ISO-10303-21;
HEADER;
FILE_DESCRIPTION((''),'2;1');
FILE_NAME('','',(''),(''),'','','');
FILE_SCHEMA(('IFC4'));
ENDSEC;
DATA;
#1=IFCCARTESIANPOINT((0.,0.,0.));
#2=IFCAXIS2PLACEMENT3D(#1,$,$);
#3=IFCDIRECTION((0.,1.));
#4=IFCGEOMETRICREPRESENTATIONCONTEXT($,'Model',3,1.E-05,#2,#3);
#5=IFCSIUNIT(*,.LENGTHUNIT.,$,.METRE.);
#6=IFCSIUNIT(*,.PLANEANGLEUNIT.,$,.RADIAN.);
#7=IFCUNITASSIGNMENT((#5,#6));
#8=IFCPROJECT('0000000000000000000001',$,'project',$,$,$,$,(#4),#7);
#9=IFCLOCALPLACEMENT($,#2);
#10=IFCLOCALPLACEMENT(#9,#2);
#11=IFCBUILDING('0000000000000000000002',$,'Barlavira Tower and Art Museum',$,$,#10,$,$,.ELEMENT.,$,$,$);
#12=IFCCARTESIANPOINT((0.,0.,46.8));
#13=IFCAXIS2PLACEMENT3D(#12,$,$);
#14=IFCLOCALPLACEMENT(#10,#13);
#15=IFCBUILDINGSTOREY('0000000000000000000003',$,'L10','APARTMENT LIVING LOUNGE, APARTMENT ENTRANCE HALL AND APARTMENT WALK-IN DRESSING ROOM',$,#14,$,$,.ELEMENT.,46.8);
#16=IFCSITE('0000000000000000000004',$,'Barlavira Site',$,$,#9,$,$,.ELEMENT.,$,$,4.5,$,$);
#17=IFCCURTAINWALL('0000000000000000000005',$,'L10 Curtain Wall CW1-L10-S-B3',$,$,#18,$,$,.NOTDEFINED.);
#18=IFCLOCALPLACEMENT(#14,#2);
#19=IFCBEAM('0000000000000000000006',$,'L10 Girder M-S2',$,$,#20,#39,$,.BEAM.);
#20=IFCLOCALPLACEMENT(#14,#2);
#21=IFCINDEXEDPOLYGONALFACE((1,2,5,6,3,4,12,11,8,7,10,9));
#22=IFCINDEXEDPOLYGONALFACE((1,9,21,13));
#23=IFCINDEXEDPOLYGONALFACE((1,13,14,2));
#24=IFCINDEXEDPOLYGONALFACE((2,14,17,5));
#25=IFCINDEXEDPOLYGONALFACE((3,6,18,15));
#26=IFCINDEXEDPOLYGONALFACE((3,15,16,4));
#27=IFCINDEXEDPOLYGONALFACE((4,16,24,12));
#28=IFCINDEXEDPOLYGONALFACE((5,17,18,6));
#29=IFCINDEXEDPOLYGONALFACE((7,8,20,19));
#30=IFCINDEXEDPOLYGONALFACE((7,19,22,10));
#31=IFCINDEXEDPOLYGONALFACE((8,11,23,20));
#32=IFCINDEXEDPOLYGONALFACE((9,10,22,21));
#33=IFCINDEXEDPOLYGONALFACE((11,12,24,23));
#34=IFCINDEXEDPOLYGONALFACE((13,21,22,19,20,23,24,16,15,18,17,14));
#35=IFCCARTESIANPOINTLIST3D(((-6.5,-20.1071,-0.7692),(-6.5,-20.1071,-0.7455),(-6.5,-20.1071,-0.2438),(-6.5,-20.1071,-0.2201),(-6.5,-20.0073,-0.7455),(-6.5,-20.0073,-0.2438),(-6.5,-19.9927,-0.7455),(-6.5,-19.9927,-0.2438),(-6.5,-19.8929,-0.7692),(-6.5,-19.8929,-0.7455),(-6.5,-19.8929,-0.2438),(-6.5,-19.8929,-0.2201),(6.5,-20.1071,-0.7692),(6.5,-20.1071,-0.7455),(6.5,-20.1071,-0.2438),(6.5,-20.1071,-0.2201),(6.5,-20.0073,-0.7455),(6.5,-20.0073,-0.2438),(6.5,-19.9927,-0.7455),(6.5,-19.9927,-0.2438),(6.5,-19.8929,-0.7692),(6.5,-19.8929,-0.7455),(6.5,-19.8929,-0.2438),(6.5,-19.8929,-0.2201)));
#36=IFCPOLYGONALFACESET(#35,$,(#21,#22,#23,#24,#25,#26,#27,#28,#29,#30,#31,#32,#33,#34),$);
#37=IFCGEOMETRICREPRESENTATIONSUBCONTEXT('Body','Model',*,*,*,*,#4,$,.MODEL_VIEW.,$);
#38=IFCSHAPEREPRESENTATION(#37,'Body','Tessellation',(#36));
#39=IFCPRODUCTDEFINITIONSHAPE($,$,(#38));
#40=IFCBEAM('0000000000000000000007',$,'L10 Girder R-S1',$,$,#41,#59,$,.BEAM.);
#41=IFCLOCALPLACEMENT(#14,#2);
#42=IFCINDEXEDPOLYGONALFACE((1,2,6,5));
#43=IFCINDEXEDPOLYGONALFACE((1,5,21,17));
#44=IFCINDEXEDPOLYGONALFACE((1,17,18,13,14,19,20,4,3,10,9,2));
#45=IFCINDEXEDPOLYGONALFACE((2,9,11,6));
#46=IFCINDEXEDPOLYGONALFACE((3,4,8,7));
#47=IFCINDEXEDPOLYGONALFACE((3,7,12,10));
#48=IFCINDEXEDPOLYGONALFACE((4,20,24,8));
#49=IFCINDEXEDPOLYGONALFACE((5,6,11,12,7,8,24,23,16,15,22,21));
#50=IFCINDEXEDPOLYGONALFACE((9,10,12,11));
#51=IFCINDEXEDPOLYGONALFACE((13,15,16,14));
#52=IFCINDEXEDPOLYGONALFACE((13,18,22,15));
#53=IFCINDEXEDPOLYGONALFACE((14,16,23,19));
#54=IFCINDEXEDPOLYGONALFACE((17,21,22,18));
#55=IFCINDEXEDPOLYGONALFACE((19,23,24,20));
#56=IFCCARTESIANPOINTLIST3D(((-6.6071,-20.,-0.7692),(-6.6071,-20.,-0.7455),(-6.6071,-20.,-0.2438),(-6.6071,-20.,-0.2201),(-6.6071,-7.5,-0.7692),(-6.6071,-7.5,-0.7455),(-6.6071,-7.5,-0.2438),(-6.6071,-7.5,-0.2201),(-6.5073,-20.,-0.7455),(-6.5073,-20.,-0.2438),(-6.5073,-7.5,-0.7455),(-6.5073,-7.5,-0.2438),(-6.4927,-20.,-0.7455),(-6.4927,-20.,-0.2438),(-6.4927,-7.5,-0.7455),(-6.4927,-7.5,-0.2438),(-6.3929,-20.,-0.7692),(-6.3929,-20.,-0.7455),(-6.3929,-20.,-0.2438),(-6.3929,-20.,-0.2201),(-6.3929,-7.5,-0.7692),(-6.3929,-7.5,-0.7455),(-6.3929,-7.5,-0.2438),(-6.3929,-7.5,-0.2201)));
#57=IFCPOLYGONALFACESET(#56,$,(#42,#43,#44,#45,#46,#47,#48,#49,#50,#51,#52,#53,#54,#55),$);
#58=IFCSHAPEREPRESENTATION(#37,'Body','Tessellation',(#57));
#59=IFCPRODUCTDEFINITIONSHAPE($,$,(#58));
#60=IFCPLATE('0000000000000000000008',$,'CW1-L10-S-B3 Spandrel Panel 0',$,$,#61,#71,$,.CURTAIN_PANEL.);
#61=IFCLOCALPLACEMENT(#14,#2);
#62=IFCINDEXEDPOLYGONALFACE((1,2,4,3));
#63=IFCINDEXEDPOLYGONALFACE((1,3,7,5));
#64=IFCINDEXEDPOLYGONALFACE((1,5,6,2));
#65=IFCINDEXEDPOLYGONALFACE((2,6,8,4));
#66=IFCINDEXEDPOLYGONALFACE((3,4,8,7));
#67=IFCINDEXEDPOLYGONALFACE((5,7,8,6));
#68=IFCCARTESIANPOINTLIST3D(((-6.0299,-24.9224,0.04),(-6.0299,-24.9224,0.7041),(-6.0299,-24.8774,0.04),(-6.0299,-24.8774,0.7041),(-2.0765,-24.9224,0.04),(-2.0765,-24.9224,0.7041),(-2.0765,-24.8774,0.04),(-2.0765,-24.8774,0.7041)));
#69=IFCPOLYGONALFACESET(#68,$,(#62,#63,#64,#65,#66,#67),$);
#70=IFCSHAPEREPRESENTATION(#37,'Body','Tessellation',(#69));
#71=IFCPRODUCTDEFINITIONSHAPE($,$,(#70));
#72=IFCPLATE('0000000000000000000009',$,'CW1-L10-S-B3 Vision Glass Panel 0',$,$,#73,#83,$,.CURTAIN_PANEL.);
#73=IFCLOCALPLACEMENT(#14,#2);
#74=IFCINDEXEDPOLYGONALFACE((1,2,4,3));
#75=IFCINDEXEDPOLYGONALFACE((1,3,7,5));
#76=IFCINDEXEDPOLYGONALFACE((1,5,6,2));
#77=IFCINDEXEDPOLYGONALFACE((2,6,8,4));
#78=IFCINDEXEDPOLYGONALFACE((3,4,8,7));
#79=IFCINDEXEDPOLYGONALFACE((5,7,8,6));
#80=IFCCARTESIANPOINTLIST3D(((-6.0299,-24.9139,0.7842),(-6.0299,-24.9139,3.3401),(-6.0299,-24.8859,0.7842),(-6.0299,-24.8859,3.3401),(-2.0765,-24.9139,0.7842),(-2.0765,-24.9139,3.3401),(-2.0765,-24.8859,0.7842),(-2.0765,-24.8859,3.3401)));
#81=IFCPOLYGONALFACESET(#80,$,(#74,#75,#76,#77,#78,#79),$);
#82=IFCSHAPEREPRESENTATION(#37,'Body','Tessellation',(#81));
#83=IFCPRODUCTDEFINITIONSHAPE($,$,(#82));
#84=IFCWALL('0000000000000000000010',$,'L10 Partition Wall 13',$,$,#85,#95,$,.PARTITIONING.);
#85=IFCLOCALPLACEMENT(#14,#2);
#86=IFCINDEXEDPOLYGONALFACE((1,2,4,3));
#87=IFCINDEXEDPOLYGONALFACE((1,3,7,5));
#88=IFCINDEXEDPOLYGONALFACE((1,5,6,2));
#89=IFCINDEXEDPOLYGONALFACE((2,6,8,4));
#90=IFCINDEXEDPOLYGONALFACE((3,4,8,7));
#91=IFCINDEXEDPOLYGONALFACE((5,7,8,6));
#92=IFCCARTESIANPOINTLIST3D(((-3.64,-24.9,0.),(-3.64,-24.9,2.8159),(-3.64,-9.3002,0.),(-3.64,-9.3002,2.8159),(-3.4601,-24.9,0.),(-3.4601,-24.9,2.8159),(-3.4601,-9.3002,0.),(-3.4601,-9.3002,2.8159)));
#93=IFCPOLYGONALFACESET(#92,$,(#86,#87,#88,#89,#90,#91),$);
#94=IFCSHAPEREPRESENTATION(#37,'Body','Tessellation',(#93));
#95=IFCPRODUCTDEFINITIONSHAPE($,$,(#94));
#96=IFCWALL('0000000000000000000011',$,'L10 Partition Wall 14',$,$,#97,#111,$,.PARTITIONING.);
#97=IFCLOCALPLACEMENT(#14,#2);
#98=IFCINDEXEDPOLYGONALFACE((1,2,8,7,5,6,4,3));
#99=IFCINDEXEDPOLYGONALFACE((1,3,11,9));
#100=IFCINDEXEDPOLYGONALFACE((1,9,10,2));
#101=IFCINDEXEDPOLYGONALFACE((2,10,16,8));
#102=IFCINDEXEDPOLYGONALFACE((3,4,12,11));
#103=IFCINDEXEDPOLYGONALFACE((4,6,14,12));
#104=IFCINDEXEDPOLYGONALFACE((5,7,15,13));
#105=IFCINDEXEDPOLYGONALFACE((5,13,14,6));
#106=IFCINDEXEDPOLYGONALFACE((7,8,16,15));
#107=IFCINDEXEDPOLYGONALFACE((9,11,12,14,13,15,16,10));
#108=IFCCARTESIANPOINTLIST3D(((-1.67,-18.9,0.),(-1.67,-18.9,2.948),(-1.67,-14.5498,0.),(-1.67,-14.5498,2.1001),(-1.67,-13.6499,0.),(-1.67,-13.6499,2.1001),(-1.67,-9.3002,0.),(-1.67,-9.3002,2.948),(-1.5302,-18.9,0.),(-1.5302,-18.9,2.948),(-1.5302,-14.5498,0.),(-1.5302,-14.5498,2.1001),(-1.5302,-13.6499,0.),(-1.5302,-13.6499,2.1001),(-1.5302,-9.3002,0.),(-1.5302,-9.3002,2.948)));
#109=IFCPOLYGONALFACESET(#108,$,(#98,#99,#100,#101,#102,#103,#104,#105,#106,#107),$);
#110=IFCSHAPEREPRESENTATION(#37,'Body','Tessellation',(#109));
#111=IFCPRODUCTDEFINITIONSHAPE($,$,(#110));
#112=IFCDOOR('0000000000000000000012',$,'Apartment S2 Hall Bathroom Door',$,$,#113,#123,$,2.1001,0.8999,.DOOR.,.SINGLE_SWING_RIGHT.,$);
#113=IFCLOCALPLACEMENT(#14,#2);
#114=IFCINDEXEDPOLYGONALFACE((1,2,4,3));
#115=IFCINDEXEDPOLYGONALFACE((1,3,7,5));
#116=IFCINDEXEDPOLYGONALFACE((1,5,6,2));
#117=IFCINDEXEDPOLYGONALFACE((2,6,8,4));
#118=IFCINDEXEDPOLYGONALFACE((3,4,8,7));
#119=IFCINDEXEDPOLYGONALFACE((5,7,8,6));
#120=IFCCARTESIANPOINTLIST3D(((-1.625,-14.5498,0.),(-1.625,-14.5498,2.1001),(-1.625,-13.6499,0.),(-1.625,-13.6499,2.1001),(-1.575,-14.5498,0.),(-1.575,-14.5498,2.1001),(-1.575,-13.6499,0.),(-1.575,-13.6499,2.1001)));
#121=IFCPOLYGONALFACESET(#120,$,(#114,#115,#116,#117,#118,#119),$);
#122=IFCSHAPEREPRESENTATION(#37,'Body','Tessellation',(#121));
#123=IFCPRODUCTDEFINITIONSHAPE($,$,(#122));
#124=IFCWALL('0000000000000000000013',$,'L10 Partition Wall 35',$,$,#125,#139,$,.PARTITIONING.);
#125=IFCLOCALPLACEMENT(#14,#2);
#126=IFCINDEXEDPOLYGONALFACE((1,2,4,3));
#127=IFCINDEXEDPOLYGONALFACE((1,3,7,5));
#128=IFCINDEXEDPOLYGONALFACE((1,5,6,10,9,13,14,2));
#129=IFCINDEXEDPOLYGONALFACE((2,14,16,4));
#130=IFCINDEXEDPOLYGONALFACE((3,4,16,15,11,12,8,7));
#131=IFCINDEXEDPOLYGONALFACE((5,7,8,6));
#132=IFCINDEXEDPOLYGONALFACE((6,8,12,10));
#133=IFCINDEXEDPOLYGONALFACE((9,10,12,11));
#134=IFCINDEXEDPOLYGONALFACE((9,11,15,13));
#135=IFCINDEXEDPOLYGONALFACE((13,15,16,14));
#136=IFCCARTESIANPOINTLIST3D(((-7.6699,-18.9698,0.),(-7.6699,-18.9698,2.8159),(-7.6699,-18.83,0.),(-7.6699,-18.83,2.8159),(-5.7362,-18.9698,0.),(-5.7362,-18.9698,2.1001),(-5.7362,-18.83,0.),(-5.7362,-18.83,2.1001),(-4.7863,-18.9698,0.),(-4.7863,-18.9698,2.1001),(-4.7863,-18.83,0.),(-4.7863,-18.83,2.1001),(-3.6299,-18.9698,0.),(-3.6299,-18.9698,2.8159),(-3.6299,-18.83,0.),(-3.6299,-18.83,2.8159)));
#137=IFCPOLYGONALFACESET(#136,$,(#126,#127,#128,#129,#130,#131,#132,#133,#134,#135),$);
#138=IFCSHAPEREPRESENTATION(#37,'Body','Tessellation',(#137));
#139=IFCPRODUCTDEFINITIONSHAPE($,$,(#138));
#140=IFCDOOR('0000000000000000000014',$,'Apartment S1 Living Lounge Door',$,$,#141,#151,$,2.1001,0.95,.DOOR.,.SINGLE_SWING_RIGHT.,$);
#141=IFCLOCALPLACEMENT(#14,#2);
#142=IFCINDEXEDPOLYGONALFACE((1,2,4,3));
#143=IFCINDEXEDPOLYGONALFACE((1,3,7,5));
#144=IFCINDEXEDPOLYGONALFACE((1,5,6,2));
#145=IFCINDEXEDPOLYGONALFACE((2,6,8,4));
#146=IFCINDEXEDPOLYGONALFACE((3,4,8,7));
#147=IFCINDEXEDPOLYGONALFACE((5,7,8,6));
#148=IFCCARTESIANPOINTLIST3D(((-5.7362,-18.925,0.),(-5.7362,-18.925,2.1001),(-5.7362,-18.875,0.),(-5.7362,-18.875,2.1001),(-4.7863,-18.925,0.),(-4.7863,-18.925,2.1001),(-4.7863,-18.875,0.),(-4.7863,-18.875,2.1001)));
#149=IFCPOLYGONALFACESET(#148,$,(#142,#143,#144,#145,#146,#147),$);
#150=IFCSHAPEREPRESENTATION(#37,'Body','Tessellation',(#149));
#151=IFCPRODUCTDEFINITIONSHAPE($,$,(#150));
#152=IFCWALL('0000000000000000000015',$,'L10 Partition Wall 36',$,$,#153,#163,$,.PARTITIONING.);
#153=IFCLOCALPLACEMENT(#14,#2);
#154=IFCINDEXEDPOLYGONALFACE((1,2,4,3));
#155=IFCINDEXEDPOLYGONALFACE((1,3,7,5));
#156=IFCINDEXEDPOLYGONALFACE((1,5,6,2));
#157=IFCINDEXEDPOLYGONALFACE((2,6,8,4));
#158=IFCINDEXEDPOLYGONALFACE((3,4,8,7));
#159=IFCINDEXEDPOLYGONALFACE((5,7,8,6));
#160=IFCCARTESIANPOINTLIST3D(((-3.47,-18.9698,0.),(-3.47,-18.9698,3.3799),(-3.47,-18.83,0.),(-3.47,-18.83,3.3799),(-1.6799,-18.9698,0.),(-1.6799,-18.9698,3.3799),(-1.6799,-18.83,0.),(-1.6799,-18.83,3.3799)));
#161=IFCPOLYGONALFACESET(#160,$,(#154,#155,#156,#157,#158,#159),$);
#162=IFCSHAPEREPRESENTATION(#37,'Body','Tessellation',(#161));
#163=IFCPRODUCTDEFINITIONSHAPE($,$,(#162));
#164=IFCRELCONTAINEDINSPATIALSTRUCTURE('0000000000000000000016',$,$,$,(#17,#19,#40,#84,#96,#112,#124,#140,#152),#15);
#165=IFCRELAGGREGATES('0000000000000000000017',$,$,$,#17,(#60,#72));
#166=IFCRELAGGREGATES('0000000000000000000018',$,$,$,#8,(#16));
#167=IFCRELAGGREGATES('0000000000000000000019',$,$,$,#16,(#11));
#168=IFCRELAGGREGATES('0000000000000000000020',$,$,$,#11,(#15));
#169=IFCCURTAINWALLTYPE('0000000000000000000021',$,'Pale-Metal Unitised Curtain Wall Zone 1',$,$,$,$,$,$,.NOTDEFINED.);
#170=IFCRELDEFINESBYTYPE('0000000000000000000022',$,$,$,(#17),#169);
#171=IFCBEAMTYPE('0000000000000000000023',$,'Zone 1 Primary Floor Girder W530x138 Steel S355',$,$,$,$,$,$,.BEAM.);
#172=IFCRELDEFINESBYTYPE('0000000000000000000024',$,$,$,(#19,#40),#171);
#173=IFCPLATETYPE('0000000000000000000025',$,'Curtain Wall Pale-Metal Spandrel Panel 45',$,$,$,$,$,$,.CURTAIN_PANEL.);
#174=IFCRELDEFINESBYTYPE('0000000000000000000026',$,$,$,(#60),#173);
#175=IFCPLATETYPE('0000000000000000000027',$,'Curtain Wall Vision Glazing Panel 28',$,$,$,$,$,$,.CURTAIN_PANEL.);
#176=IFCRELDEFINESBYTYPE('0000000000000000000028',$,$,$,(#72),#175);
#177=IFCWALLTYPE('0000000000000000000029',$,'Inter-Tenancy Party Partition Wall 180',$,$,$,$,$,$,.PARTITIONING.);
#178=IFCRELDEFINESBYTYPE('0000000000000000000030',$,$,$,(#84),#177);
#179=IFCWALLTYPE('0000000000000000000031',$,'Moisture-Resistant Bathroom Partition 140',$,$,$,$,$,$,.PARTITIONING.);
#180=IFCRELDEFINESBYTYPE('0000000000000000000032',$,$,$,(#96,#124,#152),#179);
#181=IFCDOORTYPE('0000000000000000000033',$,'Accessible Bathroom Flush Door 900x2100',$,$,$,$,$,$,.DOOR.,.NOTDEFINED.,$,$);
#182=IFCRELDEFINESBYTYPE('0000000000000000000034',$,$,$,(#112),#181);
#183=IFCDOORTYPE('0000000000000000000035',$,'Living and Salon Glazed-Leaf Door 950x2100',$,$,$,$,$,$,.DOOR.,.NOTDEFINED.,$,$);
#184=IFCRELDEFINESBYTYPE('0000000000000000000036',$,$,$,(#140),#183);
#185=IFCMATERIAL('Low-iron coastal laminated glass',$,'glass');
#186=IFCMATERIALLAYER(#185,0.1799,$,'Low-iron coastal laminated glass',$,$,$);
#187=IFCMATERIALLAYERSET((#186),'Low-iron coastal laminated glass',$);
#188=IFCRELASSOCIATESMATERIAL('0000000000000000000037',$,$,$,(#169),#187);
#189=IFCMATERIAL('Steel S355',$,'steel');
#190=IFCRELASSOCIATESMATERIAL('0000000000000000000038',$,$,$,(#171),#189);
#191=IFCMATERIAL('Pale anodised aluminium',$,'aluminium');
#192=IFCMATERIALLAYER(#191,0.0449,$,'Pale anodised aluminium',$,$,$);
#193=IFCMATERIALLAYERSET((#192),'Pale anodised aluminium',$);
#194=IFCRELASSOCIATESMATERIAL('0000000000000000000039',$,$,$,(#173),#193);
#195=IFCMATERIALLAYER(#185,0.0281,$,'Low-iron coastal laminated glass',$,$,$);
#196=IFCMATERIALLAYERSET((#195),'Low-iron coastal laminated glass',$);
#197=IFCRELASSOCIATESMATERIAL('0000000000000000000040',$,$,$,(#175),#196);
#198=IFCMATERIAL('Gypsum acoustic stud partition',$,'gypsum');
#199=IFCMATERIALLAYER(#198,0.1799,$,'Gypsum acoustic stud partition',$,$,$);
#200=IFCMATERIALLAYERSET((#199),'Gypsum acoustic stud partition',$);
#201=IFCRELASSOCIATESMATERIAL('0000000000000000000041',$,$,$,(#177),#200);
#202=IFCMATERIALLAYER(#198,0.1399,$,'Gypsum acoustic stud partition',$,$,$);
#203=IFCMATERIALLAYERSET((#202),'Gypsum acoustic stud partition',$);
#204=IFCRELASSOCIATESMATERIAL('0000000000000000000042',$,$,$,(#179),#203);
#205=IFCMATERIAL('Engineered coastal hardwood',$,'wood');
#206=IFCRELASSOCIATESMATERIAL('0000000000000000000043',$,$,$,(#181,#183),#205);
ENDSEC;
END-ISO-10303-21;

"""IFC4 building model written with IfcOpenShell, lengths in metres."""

from ifc_helpers import new_model, si_unit, direction, frame, frame_2d, origin, origin_2d, place, context, subcontext, project, spatial, rectangle, i_section, extrude, material, layer, layer_set, material_profile, profile_set, type_object, element, fill, aggregate, save


model = new_model("IFC4")

# Units and contexts
model_context = context("Model", 3, precision=1e-05, world=origin(), true_north=direction((0.0, 1.0)))
body_context = subcontext(model_context, "Body", "Model", "MODEL_VIEW")
ifc_project = project(units=[si_unit("LENGTHUNIT", "METRE"), si_unit("PLANEANGLEUNIT", "RADIAN")], contexts=[model_context])

# Site, building, storey
site_placement = place(None, origin())
site = spatial("IfcSite", under=ifc_project, at=site_placement, Name="Barlavira Site", CompositionType="ELEMENT", RefElevation=4.5)
building_placement = place(site_placement, origin())
building = spatial("IfcBuilding", under=site, at=building_placement, Name="Barlavira Tower and Art Museum", CompositionType="ELEMENT")
storey_placement = place(building_placement, frame((0.0, 0.0, 46.8)))
storey = spatial("IfcBuildingStorey", under=building, at=storey_placement, Name="L10", Description="APARTMENT LIVING LOUNGE, APARTMENT ENTRANCE HALL AND APARTMENT WALK-IN DRESSING ROOM", CompositionType="ELEMENT", Elevation=46.8)

# Curtain wall
ifc_material_1 = material(Name="Low-iron coastal laminated glass", Category="glass")
ifc_layer_1 = layer(ifc_material_1, 0.1799, Name="Low-iron coastal laminated glass")
ifc_layer_set_1 = layer_set([ifc_layer_1], Name="Low-iron coastal laminated glass")
curtain_wall_type = type_object("IfcCurtainWallType", Name="Pale-Metal Unitised Curtain Wall Zone 1", PredefinedType="NOTDEFINED", material=ifc_layer_set_1)
curtain_wall_placement = place(storey_placement, origin())
curtain_wall = element("IfcCurtainWall", 1, at=curtain_wall_placement, inside=storey, type_object=curtain_wall_type, Name="L10 Curtain Wall CW1-L10-S-B3", PredefinedType="NOTDEFINED")
ifc_material_2 = material(Name="Pale anodised aluminium", Category="aluminium")

# Shared definitions
ifc_material_3 = material(Name="Steel S355", Category="steel")

# Beams
ifc_material_profile_1 = material_profile(ifc_material_3, i_section(OverallWidth=0.2141, OverallDepth=0.5491, WebThickness=0.0146, FlangeThickness=0.0237, at=origin_2d()), Name="W530x138.0")
ifc_profile_set_1 = profile_set([ifc_material_profile_1], Name="Steel S355")
beam_type_1 = type_object("IfcBeamType", Name="Zone 1 Primary Floor Girder W530x138 Steel S355", PredefinedType="BEAM", material=ifc_profile_set_1)
beam_1_placement = place(storey_placement, frame((-6.5, -20.0, -0.4946), z_axis=(1.0, 0.0, 0.0), x_axis=(0.0, 1.0, 0.0)))
element("IfcBeam", 2, at=beam_1_placement, inside=storey, type_object=beam_type_1, Name="L10 Girder M-S2", PredefinedType="BEAM", context=body_context, shape_type="SweptSolid", body=[
    extrude(i_section(OverallWidth=0.2141, OverallDepth=0.5491, WebThickness=0.0146, FlangeThickness=0.0237, at=origin_2d()), origin(), (0.0, 0.0, 1.0), 13.0),
])
beam_2_placement = place(storey_placement, frame((-6.5, -20.0, -0.4946), z_axis=(0.0, 1.0, 0.0), x_axis=(-1.0, 0.0, 0.0)))
element("IfcBeam", 3, at=beam_2_placement, inside=storey, type_object=beam_type_1, Name="L10 Girder R-S1", PredefinedType="BEAM", context=body_context, shape_type="SweptSolid", body=[
    extrude(i_section(OverallWidth=0.2141, OverallDepth=0.5491, WebThickness=0.0146, FlangeThickness=0.0237, at=origin_2d()), origin(), (0.0, 0.0, 1.0), 12.5),
])

# Plates
ifc_layer_2 = layer(ifc_material_2, 0.0449, Name="Pale anodised aluminium")
ifc_layer_set_2 = layer_set([ifc_layer_2], Name="Pale anodised aluminium")
plate_type_1 = type_object("IfcPlateType", Name="Curtain Wall Pale-Metal Spandrel Panel 45", PredefinedType="CURTAIN_PANEL", material=ifc_layer_set_2)
plate_1_placement = place(storey_placement, frame((-4.0532, -24.8999, 0.04), z_axis=(0.0, 0.0, 1.0), x_axis=(1.0, 0.0, 0.0)))
plate_1 = element("IfcPlate", 4, at=plate_1_placement, type_object=plate_type_1, Name="CW1-L10-S-B3 Spandrel Panel 0", PredefinedType="CURTAIN_PANEL", context=body_context, shape_type="SweptSolid", body=[
    extrude(rectangle(XDim=3.9534, YDim=0.0449, at=origin_2d()), origin(), (0.0, 0.0, 1.0), 0.6641),
])
ifc_layer_3 = layer(ifc_material_1, 0.0281, Name="Low-iron coastal laminated glass")
ifc_layer_set_3 = layer_set([ifc_layer_3], Name="Low-iron coastal laminated glass")
plate_type_2 = type_object("IfcPlateType", Name="Curtain Wall Vision Glazing Panel 28", PredefinedType="CURTAIN_PANEL", material=ifc_layer_set_3)
plate_2_placement = place(storey_placement, frame((-4.0532, -24.8999, 0.7842), z_axis=(0.0, 0.0, 1.0), x_axis=(1.0, 0.0, 0.0)))
plate_2 = element("IfcPlate", 5, at=plate_2_placement, type_object=plate_type_2, Name="CW1-L10-S-B3 Vision Glass Panel 0", PredefinedType="CURTAIN_PANEL", context=body_context, shape_type="SweptSolid", body=[
    extrude(rectangle(XDim=3.9534, YDim=0.0281, at=origin_2d()), origin(), (0.0, 0.0, 1.0), 2.5559),
])
aggregate(curtain_wall, [plate_1, plate_2])

# Wall
ifc_material_4 = material(Name="Gypsum acoustic stud partition", Category="gypsum")
ifc_layer_4 = layer(ifc_material_4, 0.1799, Name="Gypsum acoustic stud partition")
ifc_layer_set_4 = layer_set([ifc_layer_4], Name="Gypsum acoustic stud partition")
wall_type_1 = type_object("IfcWallType", Name="Inter-Tenancy Party Partition Wall 180", PredefinedType="PARTITIONING", material=ifc_layer_set_4)
wall_1_placement = place(storey_placement, frame((-3.55, -24.8999, 0.0), z_axis=(0.0, 0.0, 1.0), x_axis=(0.0, 1.0, 0.0)))
element("IfcWall", 6, at=wall_1_placement, inside=storey, type_object=wall_type_1, Name="L10 Partition Wall 13", PredefinedType="PARTITIONING", context=body_context, shape_type="SweptSolid", body=[
    extrude(rectangle(XDim=15.5999, YDim=0.1799, at=frame_2d((7.7998, 0.0))), origin(), (0.0, 0.0, 1.0), 2.8159),
])

# Walls, openings, doors
ifc_layer_5 = layer(ifc_material_4, 0.1399, Name="Gypsum acoustic stud partition")
ifc_layer_set_5 = layer_set([ifc_layer_5], Name="Gypsum acoustic stud partition")
wall_type_2 = type_object("IfcWallType", Name="Moisture-Resistant Bathroom Partition 140", PredefinedType="PARTITIONING", material=ifc_layer_set_5)
wall_2_placement = place(storey_placement, frame((-1.6001, -18.8999, 0.0), z_axis=(0.0, 0.0, 1.0), x_axis=(0.0, 1.0, 0.0)))
wall_2 = element("IfcWall", 7, at=wall_2_placement, inside=storey, type_object=wall_type_2, Name="L10 Partition Wall 14", PredefinedType="PARTITIONING", context=body_context, shape_type="SweptSolid", body=[
    extrude(rectangle(XDim=9.5999, YDim=0.1399, at=frame_2d((4.7998, 0.0))), origin(), (0.0, 0.0, 1.0), 2.948),
])
opening_1_placement = place(wall_2_placement, frame((4.3501, 0.0, 0.0)))
opening_1 = element("IfcOpeningElement", 8, at=opening_1_placement, cuts=wall_2, PredefinedType="OPENING", context=body_context, shape_type="SweptSolid", body=[
    extrude(rectangle(XDim=0.8999, YDim=2.1001, at=frame_2d((0.45, 1.05))), frame((0.0, 0.0801, 0.0), z_axis=(0.0, -1.0, 0.0), x_axis=(1.0, 0.0, 0.0)), (0.0, 0.0, 1.0), 0.1599),
])
ifc_material_5 = material(Name="Engineered coastal hardwood", Category="wood")
door_type_1 = type_object("IfcDoorType", Name="Accessible Bathroom Flush Door 900x2100", OperationType="NOTDEFINED", PredefinedType="DOOR", material=ifc_material_5)
door_1_placement = place(opening_1_placement, origin())
door_1 = element("IfcDoor", 9, at=door_1_placement, inside=storey, type_object=door_type_1, Name="Apartment S2 Hall Bathroom Door", OperationType="SINGLE_SWING_RIGHT", OverallHeight=2.1001, OverallWidth=0.8999, PredefinedType="DOOR", context=body_context, shape_type="SweptSolid", body=[
    extrude(rectangle(XDim=0.8999, YDim=2.1001, at=frame_2d((0.45, 1.05))), frame((0.0, 0.0249, 0.0), z_axis=(0.0, -1.0, 0.0), x_axis=(1.0, 0.0, 0.0)), (0.0, 0.0, 1.0), 0.05),
])
fill(opening_1, door_1)
wall_3_placement = place(storey_placement, frame((-7.6699, -18.8999, 0.0), z_axis=(0.0, 0.0, 1.0), x_axis=(1.0, 0.0, 0.0)))
wall_3 = element("IfcWall", 10, at=wall_3_placement, inside=storey, type_object=wall_type_2, Name="L10 Partition Wall 35", PredefinedType="PARTITIONING", context=body_context, shape_type="SweptSolid", body=[
    extrude(rectangle(XDim=4.04, YDim=0.1399, at=frame_2d((2.02, 0.0))), origin(), (0.0, 0.0, 1.0), 2.8159),
])
opening_2_placement = place(wall_3_placement, frame((1.9336, 0.0, 0.0)))
opening_2 = element("IfcOpeningElement", 11, at=opening_2_placement, cuts=wall_3, PredefinedType="OPENING", context=body_context, shape_type="SweptSolid", body=[
    extrude(rectangle(XDim=0.95, YDim=2.1001, at=frame_2d((0.4751, 1.05))), frame((0.0, 0.0801, 0.0), z_axis=(0.0, -1.0, 0.0), x_axis=(1.0, 0.0, 0.0)), (0.0, 0.0, 1.0), 0.1599),
])
door_type_2 = type_object("IfcDoorType", Name="Living and Salon Glazed-Leaf Door 950x2100", OperationType="NOTDEFINED", PredefinedType="DOOR", material=ifc_material_5)
door_2_placement = place(opening_2_placement, origin())
door_2 = element("IfcDoor", 12, at=door_2_placement, inside=storey, type_object=door_type_2, Name="Apartment S1 Living Lounge Door", OperationType="SINGLE_SWING_RIGHT", OverallHeight=2.1001, OverallWidth=0.95, PredefinedType="DOOR", context=body_context, shape_type="SweptSolid", body=[
    extrude(rectangle(XDim=0.95, YDim=2.1001, at=frame_2d((0.4751, 1.05))), frame((0.0, 0.0249, 0.0), z_axis=(0.0, -1.0, 0.0), x_axis=(1.0, 0.0, 0.0)), (0.0, 0.0, 1.0), 0.05),
])
fill(opening_2, door_2)

# Wall
wall_4_placement = place(storey_placement, frame((-3.47, -18.8999, 0.0), z_axis=(0.0, 0.0, 1.0), x_axis=(1.0, 0.0, 0.0)))
element("IfcWall", 13, at=wall_4_placement, inside=storey, type_object=wall_type_2, Name="L10 Partition Wall 36", PredefinedType="PARTITIONING", context=body_context, shape_type="SweptSolid", body=[
    extrude(rectangle(XDim=1.79, YDim=0.1399, at=frame_2d((0.895, 0.0))), origin(), (0.0, 0.0, 1.0), 3.3799),
])

save(model, "model.ifc")
